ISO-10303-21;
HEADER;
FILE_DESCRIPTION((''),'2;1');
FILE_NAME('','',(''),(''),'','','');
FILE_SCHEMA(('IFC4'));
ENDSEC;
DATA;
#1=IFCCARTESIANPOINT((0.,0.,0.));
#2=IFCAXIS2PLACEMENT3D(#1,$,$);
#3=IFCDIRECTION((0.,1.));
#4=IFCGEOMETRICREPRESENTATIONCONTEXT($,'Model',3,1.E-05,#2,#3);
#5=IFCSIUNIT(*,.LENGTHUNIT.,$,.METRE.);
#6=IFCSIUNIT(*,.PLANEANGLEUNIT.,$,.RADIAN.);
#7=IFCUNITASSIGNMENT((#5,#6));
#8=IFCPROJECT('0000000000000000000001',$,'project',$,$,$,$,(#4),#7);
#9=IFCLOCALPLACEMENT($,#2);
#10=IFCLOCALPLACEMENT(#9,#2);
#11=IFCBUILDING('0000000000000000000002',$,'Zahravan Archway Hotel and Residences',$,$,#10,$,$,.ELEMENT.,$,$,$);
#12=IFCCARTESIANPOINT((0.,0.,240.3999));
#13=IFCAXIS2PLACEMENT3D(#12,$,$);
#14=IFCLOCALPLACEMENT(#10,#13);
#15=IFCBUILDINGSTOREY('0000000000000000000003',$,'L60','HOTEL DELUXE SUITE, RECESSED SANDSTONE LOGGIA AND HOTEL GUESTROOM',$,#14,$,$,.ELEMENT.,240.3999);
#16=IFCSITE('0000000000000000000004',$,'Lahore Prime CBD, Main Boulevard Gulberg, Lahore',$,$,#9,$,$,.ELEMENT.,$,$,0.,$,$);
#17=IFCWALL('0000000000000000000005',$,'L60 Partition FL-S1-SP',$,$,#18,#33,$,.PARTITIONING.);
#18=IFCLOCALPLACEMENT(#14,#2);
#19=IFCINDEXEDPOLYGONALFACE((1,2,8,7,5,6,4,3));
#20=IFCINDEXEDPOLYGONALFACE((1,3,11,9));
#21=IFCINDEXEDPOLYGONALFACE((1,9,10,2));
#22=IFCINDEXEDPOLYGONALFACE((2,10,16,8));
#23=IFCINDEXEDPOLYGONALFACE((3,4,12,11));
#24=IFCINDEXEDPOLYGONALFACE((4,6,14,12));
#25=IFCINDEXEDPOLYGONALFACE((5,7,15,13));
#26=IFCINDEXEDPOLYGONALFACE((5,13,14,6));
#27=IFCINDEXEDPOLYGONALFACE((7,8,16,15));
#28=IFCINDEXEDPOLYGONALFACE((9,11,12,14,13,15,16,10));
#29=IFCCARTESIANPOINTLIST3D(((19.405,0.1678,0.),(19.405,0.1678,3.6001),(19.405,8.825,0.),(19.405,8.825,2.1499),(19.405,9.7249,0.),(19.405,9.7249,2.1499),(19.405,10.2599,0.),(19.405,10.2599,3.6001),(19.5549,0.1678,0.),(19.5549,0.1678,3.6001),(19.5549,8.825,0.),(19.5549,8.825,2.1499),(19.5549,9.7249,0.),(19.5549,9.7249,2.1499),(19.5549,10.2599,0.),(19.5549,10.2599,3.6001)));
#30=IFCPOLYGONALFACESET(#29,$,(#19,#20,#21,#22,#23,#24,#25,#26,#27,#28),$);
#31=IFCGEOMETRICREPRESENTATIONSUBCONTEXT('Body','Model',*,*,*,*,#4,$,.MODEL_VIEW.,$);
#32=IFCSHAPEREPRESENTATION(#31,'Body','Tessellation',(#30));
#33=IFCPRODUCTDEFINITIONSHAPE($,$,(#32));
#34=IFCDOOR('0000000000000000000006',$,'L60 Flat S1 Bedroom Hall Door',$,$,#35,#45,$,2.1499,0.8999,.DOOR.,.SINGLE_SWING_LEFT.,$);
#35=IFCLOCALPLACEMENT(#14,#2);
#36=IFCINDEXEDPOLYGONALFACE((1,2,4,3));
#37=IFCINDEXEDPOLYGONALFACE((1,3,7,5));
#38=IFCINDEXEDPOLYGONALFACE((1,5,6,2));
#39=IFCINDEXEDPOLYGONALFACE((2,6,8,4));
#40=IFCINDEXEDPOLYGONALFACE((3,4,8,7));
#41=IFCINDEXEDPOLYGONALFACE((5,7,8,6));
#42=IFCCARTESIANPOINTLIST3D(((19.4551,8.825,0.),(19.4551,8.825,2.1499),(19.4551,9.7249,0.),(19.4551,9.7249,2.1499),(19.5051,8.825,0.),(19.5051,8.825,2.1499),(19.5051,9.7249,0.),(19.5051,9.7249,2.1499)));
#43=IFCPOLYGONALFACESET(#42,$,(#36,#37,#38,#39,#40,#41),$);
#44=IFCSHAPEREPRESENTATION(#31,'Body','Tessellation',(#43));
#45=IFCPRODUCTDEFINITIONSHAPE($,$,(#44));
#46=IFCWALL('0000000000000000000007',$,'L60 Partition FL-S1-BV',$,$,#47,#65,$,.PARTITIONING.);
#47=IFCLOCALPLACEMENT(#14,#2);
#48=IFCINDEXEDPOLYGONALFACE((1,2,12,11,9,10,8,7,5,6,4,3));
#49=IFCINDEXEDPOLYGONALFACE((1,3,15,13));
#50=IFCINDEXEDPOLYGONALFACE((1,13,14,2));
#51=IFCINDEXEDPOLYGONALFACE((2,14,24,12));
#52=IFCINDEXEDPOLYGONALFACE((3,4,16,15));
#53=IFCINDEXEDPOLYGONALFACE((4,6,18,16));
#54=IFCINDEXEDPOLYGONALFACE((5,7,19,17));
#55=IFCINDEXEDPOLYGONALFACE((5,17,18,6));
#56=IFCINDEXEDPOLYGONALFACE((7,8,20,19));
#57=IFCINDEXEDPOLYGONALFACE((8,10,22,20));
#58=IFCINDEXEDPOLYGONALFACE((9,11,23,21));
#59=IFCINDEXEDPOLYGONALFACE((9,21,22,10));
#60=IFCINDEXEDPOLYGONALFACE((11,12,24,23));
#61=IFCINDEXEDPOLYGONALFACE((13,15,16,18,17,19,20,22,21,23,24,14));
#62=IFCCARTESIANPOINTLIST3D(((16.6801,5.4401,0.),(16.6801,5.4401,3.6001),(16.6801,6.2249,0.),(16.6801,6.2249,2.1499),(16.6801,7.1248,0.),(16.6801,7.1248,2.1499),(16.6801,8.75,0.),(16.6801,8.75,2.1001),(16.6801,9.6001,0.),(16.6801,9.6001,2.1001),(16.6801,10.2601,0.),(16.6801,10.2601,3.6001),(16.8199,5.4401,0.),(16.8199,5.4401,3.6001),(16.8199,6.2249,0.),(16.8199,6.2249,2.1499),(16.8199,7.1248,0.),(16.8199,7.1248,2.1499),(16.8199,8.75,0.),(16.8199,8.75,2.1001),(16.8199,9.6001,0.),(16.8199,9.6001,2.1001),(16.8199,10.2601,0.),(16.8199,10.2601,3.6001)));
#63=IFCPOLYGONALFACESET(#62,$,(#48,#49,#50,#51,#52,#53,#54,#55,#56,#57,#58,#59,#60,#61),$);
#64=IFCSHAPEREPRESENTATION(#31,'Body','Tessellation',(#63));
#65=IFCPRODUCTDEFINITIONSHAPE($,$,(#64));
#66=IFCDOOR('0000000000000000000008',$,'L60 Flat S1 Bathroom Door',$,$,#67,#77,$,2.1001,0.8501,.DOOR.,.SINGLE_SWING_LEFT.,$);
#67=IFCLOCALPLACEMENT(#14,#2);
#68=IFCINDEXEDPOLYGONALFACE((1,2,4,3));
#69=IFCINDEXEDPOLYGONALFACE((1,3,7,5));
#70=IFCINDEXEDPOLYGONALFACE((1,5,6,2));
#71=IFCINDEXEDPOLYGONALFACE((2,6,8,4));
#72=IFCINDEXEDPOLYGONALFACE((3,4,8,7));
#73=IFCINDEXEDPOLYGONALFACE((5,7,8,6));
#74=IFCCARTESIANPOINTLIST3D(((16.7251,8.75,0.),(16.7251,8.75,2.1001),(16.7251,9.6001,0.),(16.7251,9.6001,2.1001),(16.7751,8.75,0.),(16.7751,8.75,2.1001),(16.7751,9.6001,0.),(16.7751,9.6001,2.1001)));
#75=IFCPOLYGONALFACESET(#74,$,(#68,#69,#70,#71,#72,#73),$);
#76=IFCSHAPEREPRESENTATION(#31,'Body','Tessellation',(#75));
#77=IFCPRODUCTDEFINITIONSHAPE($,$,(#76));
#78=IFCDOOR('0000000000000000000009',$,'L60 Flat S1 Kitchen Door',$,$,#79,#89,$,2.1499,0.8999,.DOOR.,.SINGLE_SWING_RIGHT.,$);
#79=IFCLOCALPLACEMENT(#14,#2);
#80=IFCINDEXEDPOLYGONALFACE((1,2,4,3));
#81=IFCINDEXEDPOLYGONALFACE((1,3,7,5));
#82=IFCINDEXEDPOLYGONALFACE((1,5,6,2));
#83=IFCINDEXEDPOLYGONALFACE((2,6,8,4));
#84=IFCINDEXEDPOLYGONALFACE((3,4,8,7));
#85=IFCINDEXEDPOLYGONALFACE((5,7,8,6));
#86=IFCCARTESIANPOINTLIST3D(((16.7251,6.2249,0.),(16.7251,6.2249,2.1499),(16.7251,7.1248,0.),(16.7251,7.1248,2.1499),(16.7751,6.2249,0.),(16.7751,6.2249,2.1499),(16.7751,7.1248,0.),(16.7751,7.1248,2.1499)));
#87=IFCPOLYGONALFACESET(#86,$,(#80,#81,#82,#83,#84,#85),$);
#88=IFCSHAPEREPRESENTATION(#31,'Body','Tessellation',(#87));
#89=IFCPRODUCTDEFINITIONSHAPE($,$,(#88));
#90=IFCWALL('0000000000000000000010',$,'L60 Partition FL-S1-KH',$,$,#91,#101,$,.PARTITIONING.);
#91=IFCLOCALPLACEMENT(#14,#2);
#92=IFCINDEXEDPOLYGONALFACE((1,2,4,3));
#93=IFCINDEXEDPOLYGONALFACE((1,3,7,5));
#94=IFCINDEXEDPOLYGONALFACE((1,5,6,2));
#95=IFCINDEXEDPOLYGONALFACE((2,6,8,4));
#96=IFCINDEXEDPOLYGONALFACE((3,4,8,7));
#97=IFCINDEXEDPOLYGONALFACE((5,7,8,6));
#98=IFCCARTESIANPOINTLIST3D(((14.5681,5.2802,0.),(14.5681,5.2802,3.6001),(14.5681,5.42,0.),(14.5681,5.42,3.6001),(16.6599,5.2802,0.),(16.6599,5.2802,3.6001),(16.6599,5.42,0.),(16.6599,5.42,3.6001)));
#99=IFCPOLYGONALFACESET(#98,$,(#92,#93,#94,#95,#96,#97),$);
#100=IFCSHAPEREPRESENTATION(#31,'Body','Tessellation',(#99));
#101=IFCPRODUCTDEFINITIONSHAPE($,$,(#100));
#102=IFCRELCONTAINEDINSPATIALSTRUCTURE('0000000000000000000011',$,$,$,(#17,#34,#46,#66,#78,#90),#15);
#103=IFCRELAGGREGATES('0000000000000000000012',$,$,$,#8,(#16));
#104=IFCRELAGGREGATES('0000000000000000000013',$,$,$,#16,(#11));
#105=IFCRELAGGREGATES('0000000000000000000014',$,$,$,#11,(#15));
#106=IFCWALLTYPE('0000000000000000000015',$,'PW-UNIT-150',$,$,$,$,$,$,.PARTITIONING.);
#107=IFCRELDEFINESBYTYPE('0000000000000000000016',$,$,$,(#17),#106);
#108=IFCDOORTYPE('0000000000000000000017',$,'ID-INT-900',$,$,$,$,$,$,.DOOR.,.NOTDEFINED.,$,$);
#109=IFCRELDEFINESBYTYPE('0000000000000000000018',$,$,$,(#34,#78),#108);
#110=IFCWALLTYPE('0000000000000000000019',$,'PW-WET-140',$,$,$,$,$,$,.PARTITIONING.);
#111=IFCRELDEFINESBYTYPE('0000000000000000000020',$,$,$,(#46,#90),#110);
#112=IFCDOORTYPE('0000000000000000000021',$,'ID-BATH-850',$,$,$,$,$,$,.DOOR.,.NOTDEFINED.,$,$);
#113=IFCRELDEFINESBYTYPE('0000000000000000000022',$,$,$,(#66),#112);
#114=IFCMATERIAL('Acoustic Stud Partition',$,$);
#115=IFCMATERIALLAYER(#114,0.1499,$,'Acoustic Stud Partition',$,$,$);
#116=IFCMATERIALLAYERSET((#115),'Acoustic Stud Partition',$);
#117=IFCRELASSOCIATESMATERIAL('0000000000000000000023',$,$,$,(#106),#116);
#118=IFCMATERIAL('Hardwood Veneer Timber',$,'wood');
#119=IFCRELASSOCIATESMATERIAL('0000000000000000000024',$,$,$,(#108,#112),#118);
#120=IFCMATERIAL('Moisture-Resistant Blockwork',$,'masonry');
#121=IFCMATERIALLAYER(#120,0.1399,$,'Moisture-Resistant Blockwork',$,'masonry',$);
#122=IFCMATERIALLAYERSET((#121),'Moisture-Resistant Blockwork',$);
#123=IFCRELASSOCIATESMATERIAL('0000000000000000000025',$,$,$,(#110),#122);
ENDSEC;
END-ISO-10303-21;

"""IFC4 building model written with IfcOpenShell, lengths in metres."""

from ifc_helpers import new_model, si_unit, direction, frame, frame_2d, origin, place, context, subcontext, project, spatial, rectangle, extrude, source, transform, mapped, material, layer, layer_set, type_object, type_shapes, element, fill, save


model = new_model("IFC4")

# Units and contexts
model_context = context("Model", 3, precision=1e-05, world=origin(), true_north=direction((0.0, 1.0)))
body_context = subcontext(model_context, "Body", "Model", "MODEL_VIEW")
ifc_project = project(units=[si_unit("LENGTHUNIT", "METRE"), si_unit("PLANEANGLEUNIT", "RADIAN")], contexts=[model_context])

# Site, building, storey
site_placement = place(None, origin())
site = spatial("IfcSite", under=ifc_project, at=site_placement, Name="Lahore Prime CBD, Main Boulevard Gulberg, Lahore", CompositionType="ELEMENT", RefElevation=0.0)
building_placement = place(site_placement, origin())
building = spatial("IfcBuilding", under=site, at=building_placement, Name="Zahravan Archway Hotel and Residences", CompositionType="ELEMENT")
storey_placement = place(building_placement, frame((0.0, 0.0, 240.3999)))
storey = spatial("IfcBuildingStorey", under=building, at=storey_placement, Name="L60", Description="HOTEL DELUXE SUITE, RECESSED SANDSTONE LOGGIA AND HOTEL GUESTROOM", CompositionType="ELEMENT", Elevation=240.3999)

# Wall, opening, door
ifc_material_1 = material(Name="Acoustic Stud Partition")
ifc_layer_1 = layer(ifc_material_1, 0.1499, Name="Acoustic Stud Partition")
ifc_layer_set_1 = layer_set([ifc_layer_1], Name="Acoustic Stud Partition")
wall_type_1 = type_object("IfcWallType", Name="PW-UNIT-150", PredefinedType="PARTITIONING", material=ifc_layer_set_1)
wall_1_placement = place(storey_placement, frame((19.48, 0.168, 0.0), z_axis=(0.0, 0.0, 1.0), x_axis=(0.0, 1.0, 0.0)))
wall_1 = element("IfcWall", 1, at=wall_1_placement, inside=storey, type_object=wall_type_1, Name="L60 Partition FL-S1-SP", PredefinedType="PARTITIONING", context=body_context, shape_type="SweptSolid", body=[
    extrude(rectangle(XDim=10.092, YDim=0.1499, at=frame_2d((5.0459, 0.0))), origin(), (0.0, 0.0, 1.0), 3.6001),
])
opening_1_placement = place(wall_1_placement, frame((8.657, 0.0, 0.0)))
opening_1 = element("IfcOpeningElement", 2, at=opening_1_placement, cuts=wall_1, PredefinedType="OPENING", context=body_context, shape_type="SweptSolid", body=[
    extrude(rectangle(XDim=0.8999, YDim=2.1499, at=frame_2d((0.45, 1.075))), frame((0.0, 0.085, 0.0), z_axis=(0.0, -1.0, 0.0), x_axis=(1.0, 0.0, 0.0)), (0.0, 0.0, 1.0), 0.1699),
])
ifc_material_2 = material(Name="Hardwood Veneer Timber", Category="wood")
door_type_1 = type_object("IfcDoorType", Name="ID-INT-900", OperationType="NOTDEFINED", PredefinedType="DOOR", material=ifc_material_2)
shared_shape_1 = source(origin(), body_context, "Body", "SweptSolid", [
    extrude(rectangle(XDim=0.8999, YDim=2.1499, at=frame_2d((0.45, 1.075))), frame((0.0, 0.0249, 0.0), z_axis=(0.0, -1.0, 0.0), x_axis=(1.0, 0.0, 0.0)), (0.0, 0.0, 1.0), 0.05),
])
type_shapes(door_type_1, [shared_shape_1])
door_1_placement = place(opening_1_placement, origin())
door_1 = element("IfcDoor", 3, at=door_1_placement, inside=storey, type_object=door_type_1, Name="L60 Flat S1 Bedroom Hall Door", OperationType="SINGLE_SWING_LEFT", OverallHeight=2.1499, OverallWidth=0.8999, PredefinedType="DOOR", context=body_context, shape_type="MappedRepresentation", body=[
    mapped(shared_shape_1, transform((0.0, 0.0, 0.0), scale=1.0)),
])
fill(opening_1, door_1)

# Wall, openings, doors
ifc_material_3 = material(Name="Moisture-Resistant Blockwork", Category="masonry")
ifc_layer_2 = layer(ifc_material_3, 0.1399, Name="Moisture-Resistant Blockwork", Category="masonry")
ifc_layer_set_2 = layer_set([ifc_layer_2], Name="Moisture-Resistant Blockwork")
wall_type_2 = type_object("IfcWallType", Name="PW-WET-140", PredefinedType="PARTITIONING", material=ifc_layer_set_2)
wall_2_placement = place(storey_placement, frame((16.75, 5.4399, 0.0), z_axis=(0.0, 0.0, 1.0), x_axis=(0.0, 1.0, 0.0)))
wall_2 = element("IfcWall", 4, at=wall_2_placement, inside=storey, type_object=wall_type_2, Name="L60 Partition FL-S1-BV", PredefinedType="PARTITIONING", context=body_context, shape_type="SweptSolid", body=[
    extrude(rectangle(XDim=4.8201, YDim=0.1399, at=frame_2d((2.4102, 0.0))), origin(), (0.0, 0.0, 1.0), 3.6001),
])
opening_2_placement = place(wall_2_placement, frame((0.7849, 0.0, 0.0)))
opening_2 = element("IfcOpeningElement", 5, at=opening_2_placement, cuts=wall_2, PredefinedType="OPENING", context=body_context, shape_type="SweptSolid", body=[
    extrude(rectangle(XDim=0.8999, YDim=2.1499, at=frame_2d((0.45, 1.075))), frame((0.0, 0.0801, 0.0), z_axis=(0.0, -1.0, 0.0), x_axis=(1.0, 0.0, 0.0)), (0.0, 0.0, 1.0), 0.1599),
])
opening_3_placement = place(wall_2_placement, frame((3.3101, 0.0, 0.0)))
opening_3 = element("IfcOpeningElement", 6, at=opening_3_placement, cuts=wall_2, PredefinedType="OPENING", context=body_context, shape_type="SweptSolid", body=[
    extrude(rectangle(XDim=0.8501, YDim=2.1001, at=frame_2d((0.425, 1.05))), frame((0.0, 0.0801, 0.0), z_axis=(0.0, -1.0, 0.0), x_axis=(1.0, 0.0, 0.0)), (0.0, 0.0, 1.0), 0.1599),
])
door_type_2 = type_object("IfcDoorType", Name="ID-BATH-850", OperationType="NOTDEFINED", PredefinedType="DOOR", material=ifc_material_2)
shared_shape_2 = source(origin(), body_context, "Body", "SweptSolid", [
    extrude(rectangle(XDim=0.8501, YDim=2.1001, at=frame_2d((0.425, 1.05))), frame((0.0, 0.0249, 0.0), z_axis=(0.0, -1.0, 0.0), x_axis=(1.0, 0.0, 0.0)), (0.0, 0.0, 1.0), 0.05),
])
type_shapes(door_type_2, [shared_shape_2])
door_2_placement = place(opening_3_placement, origin())
door_2 = element("IfcDoor", 7, at=door_2_placement, inside=storey, type_object=door_type_2, Name="L60 Flat S1 Bathroom Door", OperationType="SINGLE_SWING_LEFT", OverallHeight=2.1001, OverallWidth=0.8501, PredefinedType="DOOR", context=body_context, shape_type="MappedRepresentation", body=[
    mapped(shared_shape_2, transform((0.0, 0.0, 0.0), scale=1.0)),
])
fill(opening_3, door_2)
door_3_placement = place(opening_2_placement, origin())
door_3 = element("IfcDoor", 8, at=door_3_placement, inside=storey, type_object=door_type_1, Name="L60 Flat S1 Kitchen Door", OperationType="SINGLE_SWING_RIGHT", OverallHeight=2.1499, OverallWidth=0.8999, PredefinedType="DOOR", context=body_context, shape_type="MappedRepresentation", body=[
    mapped(shared_shape_1, transform((0.0, 0.0, 0.0), scale=1.0)),
])
fill(opening_2, door_3)

# Wall
wall_3_placement = place(storey_placement, frame((14.5681, 5.3501, 0.0), z_axis=(0.0, 0.0, 1.0), x_axis=(1.0, 0.0, 0.0)))
element("IfcWall", 9, at=wall_3_placement, inside=storey, type_object=wall_type_2, Name="L60 Partition FL-S1-KH", PredefinedType="PARTITIONING", context=body_context, shape_type="SweptSolid", body=[
    extrude(rectangle(XDim=2.0918, YDim=0.1399, at=frame_2d((1.0459, 0.0))), origin(), (0.0, 0.0, 1.0), 3.6001),
])

save(model, "model.ifc")
